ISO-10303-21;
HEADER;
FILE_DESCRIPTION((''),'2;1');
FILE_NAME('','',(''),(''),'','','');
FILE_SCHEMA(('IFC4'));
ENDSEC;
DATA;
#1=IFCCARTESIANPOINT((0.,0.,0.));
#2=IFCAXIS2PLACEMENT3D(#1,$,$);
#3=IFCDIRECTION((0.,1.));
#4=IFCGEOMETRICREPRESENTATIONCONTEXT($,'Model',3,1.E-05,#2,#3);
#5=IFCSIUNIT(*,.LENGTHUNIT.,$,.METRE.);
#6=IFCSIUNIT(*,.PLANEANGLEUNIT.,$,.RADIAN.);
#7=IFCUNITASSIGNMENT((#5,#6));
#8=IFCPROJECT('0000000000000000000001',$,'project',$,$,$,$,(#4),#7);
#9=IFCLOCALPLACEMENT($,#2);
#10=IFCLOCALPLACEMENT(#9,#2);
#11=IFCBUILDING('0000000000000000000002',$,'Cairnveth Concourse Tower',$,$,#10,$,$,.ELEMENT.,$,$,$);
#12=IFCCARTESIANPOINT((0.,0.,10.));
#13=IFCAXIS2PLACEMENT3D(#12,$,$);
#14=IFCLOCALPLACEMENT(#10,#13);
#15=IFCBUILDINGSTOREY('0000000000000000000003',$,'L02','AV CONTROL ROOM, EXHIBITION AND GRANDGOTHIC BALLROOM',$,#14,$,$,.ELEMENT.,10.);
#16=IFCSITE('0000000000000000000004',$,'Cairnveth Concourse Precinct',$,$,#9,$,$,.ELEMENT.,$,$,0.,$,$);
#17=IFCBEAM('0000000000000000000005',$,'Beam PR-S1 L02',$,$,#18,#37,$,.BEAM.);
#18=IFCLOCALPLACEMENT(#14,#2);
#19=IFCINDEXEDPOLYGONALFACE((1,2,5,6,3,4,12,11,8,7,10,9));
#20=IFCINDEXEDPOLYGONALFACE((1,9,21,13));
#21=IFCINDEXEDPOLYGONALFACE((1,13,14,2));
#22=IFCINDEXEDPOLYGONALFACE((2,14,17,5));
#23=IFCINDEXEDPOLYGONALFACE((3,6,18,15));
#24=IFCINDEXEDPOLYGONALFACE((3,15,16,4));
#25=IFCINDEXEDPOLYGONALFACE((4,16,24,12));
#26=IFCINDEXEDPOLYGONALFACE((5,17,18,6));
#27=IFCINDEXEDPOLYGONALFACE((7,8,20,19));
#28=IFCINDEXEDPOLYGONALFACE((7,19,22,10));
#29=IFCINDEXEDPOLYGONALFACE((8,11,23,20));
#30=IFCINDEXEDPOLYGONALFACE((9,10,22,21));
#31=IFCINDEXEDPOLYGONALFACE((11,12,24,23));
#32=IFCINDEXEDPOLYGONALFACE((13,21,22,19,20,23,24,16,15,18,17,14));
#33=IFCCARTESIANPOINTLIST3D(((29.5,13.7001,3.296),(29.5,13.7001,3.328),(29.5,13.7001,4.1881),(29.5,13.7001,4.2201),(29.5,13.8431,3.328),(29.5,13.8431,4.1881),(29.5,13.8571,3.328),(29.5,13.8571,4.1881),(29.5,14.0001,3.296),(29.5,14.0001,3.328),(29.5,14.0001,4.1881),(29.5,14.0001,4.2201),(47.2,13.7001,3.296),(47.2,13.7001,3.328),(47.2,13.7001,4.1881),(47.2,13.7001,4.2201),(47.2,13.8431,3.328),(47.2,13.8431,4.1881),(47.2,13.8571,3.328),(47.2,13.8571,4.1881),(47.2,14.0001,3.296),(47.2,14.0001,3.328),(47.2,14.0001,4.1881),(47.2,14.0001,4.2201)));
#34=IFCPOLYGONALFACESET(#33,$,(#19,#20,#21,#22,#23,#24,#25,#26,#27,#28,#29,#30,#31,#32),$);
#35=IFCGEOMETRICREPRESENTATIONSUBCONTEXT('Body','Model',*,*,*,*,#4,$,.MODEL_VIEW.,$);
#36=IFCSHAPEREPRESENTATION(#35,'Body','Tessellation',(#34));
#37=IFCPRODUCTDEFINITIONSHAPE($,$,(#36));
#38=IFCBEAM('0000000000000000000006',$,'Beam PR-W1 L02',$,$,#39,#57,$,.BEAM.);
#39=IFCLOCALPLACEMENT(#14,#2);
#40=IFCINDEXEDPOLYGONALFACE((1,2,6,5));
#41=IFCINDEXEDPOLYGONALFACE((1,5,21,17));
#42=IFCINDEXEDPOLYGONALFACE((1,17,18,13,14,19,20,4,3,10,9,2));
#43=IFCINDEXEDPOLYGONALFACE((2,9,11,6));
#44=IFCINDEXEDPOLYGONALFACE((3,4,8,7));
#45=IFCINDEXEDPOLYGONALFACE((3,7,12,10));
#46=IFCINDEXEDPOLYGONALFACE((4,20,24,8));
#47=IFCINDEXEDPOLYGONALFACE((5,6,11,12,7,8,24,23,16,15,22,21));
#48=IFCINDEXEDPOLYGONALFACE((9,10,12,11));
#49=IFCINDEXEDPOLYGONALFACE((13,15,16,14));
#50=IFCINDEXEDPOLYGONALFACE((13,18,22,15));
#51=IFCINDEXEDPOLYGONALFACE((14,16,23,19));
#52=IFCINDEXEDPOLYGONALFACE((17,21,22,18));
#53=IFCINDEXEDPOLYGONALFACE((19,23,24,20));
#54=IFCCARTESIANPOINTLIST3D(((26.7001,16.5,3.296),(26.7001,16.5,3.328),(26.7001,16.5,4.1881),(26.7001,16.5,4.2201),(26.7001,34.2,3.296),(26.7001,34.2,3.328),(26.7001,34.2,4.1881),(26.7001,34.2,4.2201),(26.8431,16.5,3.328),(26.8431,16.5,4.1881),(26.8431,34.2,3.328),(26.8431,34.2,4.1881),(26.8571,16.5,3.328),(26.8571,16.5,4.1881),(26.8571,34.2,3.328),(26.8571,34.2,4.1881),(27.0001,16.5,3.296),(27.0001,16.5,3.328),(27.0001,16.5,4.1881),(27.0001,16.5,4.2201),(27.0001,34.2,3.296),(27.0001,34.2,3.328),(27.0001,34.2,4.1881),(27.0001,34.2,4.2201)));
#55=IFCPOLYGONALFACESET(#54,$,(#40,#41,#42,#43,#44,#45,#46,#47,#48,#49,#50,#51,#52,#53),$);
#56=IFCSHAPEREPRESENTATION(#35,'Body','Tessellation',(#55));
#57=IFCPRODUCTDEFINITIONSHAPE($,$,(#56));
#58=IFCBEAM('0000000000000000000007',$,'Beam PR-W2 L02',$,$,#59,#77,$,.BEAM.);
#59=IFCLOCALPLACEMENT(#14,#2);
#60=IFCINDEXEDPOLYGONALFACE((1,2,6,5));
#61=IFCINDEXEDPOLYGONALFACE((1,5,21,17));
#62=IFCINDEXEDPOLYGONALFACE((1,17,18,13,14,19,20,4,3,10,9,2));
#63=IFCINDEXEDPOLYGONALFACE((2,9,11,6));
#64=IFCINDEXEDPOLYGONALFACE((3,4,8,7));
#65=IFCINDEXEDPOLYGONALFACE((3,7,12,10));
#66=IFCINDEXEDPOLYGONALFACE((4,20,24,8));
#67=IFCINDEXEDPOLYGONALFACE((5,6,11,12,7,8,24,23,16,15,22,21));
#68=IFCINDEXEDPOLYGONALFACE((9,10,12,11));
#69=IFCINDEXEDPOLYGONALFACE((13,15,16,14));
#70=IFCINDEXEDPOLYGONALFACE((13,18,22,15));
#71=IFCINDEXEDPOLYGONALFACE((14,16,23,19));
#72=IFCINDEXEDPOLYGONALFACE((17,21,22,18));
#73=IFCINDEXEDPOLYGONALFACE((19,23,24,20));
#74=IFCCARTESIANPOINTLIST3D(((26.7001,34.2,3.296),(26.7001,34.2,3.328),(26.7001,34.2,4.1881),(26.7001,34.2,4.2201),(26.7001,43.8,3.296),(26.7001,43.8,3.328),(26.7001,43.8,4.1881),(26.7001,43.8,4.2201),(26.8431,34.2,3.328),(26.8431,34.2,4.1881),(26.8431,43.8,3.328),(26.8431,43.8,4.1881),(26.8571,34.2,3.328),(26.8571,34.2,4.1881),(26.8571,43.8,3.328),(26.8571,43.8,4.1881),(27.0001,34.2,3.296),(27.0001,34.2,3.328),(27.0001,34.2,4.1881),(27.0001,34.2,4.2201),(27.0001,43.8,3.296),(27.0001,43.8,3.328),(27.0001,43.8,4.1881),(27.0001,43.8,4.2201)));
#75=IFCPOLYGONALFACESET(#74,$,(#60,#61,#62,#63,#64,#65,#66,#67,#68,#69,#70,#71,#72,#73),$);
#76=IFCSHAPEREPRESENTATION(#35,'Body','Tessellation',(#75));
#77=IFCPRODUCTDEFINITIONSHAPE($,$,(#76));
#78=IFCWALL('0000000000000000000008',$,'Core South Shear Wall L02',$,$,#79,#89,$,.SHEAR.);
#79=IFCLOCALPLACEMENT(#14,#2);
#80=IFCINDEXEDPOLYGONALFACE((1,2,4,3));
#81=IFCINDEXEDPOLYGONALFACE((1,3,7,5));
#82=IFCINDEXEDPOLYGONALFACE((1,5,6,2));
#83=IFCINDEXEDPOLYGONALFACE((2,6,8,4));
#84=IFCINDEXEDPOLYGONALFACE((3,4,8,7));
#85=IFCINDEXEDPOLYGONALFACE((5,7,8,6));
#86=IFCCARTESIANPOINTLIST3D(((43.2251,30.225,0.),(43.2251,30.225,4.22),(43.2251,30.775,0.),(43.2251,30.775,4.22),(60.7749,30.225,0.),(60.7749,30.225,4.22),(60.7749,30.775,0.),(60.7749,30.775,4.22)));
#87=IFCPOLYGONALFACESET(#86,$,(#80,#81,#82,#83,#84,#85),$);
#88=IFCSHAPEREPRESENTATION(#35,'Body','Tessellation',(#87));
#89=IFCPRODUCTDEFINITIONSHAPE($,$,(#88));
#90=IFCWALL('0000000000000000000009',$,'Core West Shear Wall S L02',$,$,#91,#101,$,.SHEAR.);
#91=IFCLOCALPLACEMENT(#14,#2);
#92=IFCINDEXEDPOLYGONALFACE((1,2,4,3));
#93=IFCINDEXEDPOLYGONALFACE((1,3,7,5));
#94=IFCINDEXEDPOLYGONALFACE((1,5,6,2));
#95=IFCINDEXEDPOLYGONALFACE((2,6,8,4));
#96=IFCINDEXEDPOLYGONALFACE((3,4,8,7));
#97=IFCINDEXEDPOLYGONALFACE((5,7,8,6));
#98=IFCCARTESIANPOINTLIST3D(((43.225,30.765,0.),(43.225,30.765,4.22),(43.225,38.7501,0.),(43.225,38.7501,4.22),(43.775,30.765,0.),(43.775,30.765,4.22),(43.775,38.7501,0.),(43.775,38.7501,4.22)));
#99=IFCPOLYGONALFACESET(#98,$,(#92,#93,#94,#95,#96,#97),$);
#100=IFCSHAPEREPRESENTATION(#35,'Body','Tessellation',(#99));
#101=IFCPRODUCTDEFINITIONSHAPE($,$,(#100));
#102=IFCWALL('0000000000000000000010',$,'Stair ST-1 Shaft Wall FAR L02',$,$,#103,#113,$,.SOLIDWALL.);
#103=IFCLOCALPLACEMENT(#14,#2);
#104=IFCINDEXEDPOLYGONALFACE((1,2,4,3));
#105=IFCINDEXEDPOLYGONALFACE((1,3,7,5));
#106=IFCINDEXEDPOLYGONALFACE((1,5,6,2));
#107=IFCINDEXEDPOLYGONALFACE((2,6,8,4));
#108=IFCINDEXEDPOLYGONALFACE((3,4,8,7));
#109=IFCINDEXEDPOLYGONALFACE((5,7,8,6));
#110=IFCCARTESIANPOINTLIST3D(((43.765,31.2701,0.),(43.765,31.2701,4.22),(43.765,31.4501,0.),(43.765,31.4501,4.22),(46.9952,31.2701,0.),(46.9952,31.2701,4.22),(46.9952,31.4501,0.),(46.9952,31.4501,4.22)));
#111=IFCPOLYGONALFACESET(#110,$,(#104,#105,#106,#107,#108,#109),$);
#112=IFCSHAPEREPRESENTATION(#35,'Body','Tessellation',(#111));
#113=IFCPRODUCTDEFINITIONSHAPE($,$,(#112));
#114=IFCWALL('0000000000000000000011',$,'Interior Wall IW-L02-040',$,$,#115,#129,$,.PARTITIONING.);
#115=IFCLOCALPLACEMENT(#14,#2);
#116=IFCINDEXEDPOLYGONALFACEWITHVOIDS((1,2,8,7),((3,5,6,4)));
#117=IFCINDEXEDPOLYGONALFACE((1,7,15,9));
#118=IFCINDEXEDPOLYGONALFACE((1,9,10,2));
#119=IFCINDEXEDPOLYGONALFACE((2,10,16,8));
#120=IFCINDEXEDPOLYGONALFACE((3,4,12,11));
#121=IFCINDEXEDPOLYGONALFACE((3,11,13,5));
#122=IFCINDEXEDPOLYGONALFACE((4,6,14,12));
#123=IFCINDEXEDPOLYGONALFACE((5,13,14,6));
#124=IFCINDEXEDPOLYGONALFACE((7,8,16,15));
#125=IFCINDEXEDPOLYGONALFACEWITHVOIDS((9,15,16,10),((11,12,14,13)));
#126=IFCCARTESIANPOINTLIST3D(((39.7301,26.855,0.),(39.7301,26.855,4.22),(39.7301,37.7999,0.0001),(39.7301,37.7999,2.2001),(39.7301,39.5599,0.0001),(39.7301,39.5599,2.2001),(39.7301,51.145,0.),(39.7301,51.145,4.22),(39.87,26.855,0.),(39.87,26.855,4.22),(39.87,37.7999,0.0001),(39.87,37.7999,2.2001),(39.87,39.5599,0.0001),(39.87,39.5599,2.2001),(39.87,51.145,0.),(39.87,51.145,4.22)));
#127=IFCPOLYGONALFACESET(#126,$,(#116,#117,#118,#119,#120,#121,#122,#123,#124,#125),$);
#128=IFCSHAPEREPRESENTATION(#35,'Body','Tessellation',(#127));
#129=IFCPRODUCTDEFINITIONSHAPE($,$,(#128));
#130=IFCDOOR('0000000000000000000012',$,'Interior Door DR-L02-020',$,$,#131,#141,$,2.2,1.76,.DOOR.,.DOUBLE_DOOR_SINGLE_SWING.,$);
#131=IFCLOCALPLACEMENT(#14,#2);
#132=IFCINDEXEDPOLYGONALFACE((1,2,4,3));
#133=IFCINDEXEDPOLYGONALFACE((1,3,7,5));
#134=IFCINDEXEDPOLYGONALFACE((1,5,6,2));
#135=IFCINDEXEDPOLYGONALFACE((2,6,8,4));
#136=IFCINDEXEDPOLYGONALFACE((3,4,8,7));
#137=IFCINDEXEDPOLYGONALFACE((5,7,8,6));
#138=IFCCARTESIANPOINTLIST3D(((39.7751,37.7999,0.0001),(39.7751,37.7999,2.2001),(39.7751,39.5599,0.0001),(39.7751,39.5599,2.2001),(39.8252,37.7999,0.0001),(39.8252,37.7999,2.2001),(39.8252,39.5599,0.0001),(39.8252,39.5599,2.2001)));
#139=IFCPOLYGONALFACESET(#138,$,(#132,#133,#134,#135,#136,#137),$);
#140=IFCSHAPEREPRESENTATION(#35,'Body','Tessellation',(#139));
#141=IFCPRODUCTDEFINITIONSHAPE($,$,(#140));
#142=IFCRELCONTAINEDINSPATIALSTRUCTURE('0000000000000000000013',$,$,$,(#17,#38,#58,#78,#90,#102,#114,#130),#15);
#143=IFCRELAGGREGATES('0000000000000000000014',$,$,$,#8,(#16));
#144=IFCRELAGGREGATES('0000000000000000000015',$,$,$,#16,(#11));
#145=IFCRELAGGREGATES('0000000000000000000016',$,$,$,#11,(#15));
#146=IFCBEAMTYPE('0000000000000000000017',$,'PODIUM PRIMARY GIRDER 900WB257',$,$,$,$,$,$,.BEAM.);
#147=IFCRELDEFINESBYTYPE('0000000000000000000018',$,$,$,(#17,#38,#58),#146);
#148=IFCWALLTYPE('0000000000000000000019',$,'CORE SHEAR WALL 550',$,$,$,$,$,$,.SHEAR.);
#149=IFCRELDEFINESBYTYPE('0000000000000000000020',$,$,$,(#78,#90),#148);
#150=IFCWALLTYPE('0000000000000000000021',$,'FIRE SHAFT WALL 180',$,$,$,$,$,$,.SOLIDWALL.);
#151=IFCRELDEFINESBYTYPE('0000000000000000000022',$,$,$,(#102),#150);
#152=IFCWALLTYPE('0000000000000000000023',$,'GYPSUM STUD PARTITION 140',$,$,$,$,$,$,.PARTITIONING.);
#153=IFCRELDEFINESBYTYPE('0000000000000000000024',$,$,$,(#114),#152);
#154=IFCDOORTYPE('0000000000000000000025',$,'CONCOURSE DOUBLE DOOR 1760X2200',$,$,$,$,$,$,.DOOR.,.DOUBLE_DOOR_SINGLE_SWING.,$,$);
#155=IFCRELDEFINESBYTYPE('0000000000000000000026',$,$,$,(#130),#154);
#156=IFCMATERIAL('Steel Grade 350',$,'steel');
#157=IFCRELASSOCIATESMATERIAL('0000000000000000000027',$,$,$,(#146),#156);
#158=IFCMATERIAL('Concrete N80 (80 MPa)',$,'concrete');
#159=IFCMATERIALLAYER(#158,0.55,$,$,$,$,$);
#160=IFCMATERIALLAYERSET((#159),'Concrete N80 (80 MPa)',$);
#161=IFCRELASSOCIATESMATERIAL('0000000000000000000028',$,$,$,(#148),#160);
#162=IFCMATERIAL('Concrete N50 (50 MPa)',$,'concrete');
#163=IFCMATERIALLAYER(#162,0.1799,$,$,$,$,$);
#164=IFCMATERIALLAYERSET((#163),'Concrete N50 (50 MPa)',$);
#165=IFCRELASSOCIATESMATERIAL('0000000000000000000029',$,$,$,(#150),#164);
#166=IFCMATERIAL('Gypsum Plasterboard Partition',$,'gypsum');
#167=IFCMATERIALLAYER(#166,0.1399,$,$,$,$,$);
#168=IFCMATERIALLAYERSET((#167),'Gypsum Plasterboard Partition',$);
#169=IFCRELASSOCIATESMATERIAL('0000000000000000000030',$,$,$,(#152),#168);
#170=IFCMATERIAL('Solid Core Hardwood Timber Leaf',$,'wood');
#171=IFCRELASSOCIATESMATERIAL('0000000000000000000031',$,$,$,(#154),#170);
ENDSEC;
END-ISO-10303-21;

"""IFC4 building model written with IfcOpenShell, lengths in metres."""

from ifc_helpers import new_model, si_unit, direction, frame, frame_2d, origin, origin_2d, place, context, subcontext, project, spatial, rectangle, i_section, extrude, material, layer, layer_set, material_profile, profile_set, type_object, element, fill, save


model = new_model("IFC4")

# Units and contexts
model_context = context("Model", 3, precision=1e-05, world=origin(), true_north=direction((0.0, 1.0)))
body_context = subcontext(model_context, "Body", "Model", "MODEL_VIEW")
ifc_project = project(units=[si_unit("LENGTHUNIT", "METRE"), si_unit("PLANEANGLEUNIT", "RADIAN")], contexts=[model_context])

# Site, building, storey
site_placement = place(None, origin())
site = spatial("IfcSite", under=ifc_project, at=site_placement, Name="Cairnveth Concourse Precinct", CompositionType="ELEMENT", RefElevation=0.0)
building_placement = place(site_placement, origin())
building = spatial("IfcBuilding", under=site, at=building_placement, Name="Cairnveth Concourse Tower", CompositionType="ELEMENT")
storey_placement = place(building_placement, frame((0.0, 0.0, 10.0)))
storey = spatial("IfcBuildingStorey", under=building, at=storey_placement, Name="L02", Description="AV CONTROL ROOM, EXHIBITION AND GRANDGOTHIC BALLROOM", CompositionType="ELEMENT", Elevation=10.0)

# Shared definitions
ifc_material_1 = material(Name="Concrete N80 (80 MPa)", Category="concrete")

# Beams
ifc_material_2 = material(Name="Steel Grade 350", Category="steel")
ifc_material_profile_1 = material_profile(ifc_material_2, i_section(OverallWidth=0.3, OverallDepth=0.9241, WebThickness=0.0139, FlangeThickness=0.032, at=origin_2d()), Name="900WB257")
ifc_profile_set_1 = profile_set([ifc_material_profile_1], Name="Steel Grade 350")
beam_type_1 = type_object("IfcBeamType", Name="PODIUM PRIMARY GIRDER 900WB257", PredefinedType="BEAM", material=ifc_profile_set_1)
for number, where, z_axis, x_axis, name in (
    (1, (29.5, 13.8501, 3.7581), (1.0, 0.0, 0.0), (0.0, 1.0, 0.0), "Beam PR-S1 L02"),
    (2, (26.8501, 16.5, 3.7581), (0.0, 1.0, 0.0), (-1.0, 0.0, 0.0), "Beam PR-W1 L02"),
):
    element("IfcBeam", number, at=place(storey_placement, frame(where, z_axis=z_axis, x_axis=x_axis)), inside=storey, type_object=beam_type_1, Name=name, PredefinedType="BEAM", context=body_context, shape_type="SweptSolid", body=[
        extrude(i_section(OverallWidth=0.3, OverallDepth=0.9241, WebThickness=0.0139, FlangeThickness=0.032, at=origin_2d()), origin(), (0.0, 0.0, 1.0), 17.7),
    ])
beam_1_placement = place(storey_placement, frame((26.8501, 34.2, 3.7581), z_axis=(0.0, 1.0, 0.0), x_axis=(-1.0, 0.0, 0.0)))
element("IfcBeam", 3, at=beam_1_placement, inside=storey, type_object=beam_type_1, Name="Beam PR-W2 L02", PredefinedType="BEAM", context=body_context, shape_type="SweptSolid", body=[
    extrude(i_section(OverallWidth=0.3, OverallDepth=0.9241, WebThickness=0.0139, FlangeThickness=0.032, at=origin_2d()), origin(), (0.0, 0.0, 1.0), 9.6001),
])

# Walls
ifc_layer_1 = layer(ifc_material_1, 0.55)
ifc_layer_set_1 = layer_set([ifc_layer_1], Name="Concrete N80 (80 MPa)")
wall_type_1 = type_object("IfcWallType", Name="CORE SHEAR WALL 550", PredefinedType="SHEAR", material=ifc_layer_set_1)
wall_1_placement = place(storey_placement, frame((43.2251, 30.5, 0.0), z_axis=(0.0, 0.0, 1.0), x_axis=(1.0, 0.0, 0.0)))
element("IfcWall", 4, at=wall_1_placement, inside=storey, type_object=wall_type_1, Name="Core South Shear Wall L02", PredefinedType="SHEAR", context=body_context, shape_type="SweptSolid", body=[
    extrude(rectangle(XDim=17.5498, YDim=0.55, at=frame_2d((8.7749, 0.0))), origin(), (0.0, 0.0, 1.0), 4.22),
])
wall_2_placement = place(storey_placement, frame((43.5, 30.7649, 0.0), z_axis=(0.0, 0.0, 1.0), x_axis=(0.0, 1.0, 0.0)))
element("IfcWall", 5, at=wall_2_placement, inside=storey, type_object=wall_type_1, Name="Core West Shear Wall S L02", PredefinedType="SHEAR", context=body_context, shape_type="SweptSolid", body=[
    extrude(rectangle(XDim=7.9851, YDim=0.55, at=frame_2d((3.9927, 0.0))), origin(), (0.0, 0.0, 1.0), 4.22),
])

# Shared definitions
ifc_material_3 = material(Name="Concrete N50 (50 MPa)", Category="concrete")
ifc_layer_2 = layer(ifc_material_3, 0.1799)
ifc_layer_set_2 = layer_set([ifc_layer_2], Name="Concrete N50 (50 MPa)")
wall_type_2 = type_object("IfcWallType", Name="FIRE SHAFT WALL 180", PredefinedType="SOLIDWALL", material=ifc_layer_set_2)

# Wall
wall_3_placement = place(storey_placement, frame((43.7649, 31.3601, 0.0), z_axis=(0.0, 0.0, 1.0), x_axis=(1.0, 0.0, 0.0)))
element("IfcWall", 6, at=wall_3_placement, inside=storey, type_object=wall_type_2, Name="Stair ST-1 Shaft Wall FAR L02", PredefinedType="SOLIDWALL", context=body_context, shape_type="SweptSolid", body=[
    extrude(rectangle(XDim=3.2302, YDim=0.1799, at=frame_2d((1.6152, 0.0))), origin(), (0.0, 0.0, 1.0), 4.22),
])

# Wall, opening, door
ifc_material_4 = material(Name="Gypsum Plasterboard Partition", Category="gypsum")
ifc_layer_3 = layer(ifc_material_4, 0.1399)
ifc_layer_set_3 = layer_set([ifc_layer_3], Name="Gypsum Plasterboard Partition")
wall_type_3 = type_object("IfcWallType", Name="GYPSUM STUD PARTITION 140", PredefinedType="PARTITIONING", material=ifc_layer_set_3)
wall_4_placement = place(storey_placement, frame((39.8, 26.855, 0.0), z_axis=(0.0, 0.0, 1.0), x_axis=(0.0, 1.0, 0.0)))
wall_4 = element("IfcWall", 7, at=wall_4_placement, inside=storey, type_object=wall_type_3, Name="Interior Wall IW-L02-040", PredefinedType="PARTITIONING", context=body_context, shape_type="SweptSolid", body=[
    extrude(rectangle(XDim=24.29, YDim=0.1399, at=frame_2d((12.145, 0.0))), origin(), (0.0, 0.0, 1.0), 4.22),
])
opening_1_placement = place(wall_4_placement, frame((10.9451, 0.0, 0.0)))
opening_1 = element("IfcOpeningElement", 8, at=opening_1_placement, cuts=wall_4, PredefinedType="OPENING", context=body_context, shape_type="SweptSolid", body=[
    extrude(rectangle(XDim=1.76, YDim=2.2, at=frame_2d((0.8799, 1.1001))), frame((0.0, 0.0798, 0.0), z_axis=(0.0, -1.0, 0.0), x_axis=(1.0, 0.0, 0.0)), (0.0, 0.0, 1.0), 0.1599),
])
ifc_material_5 = material(Name="Solid Core Hardwood Timber Leaf", Category="wood")
door_type_1 = type_object("IfcDoorType", Name="CONCOURSE DOUBLE DOOR 1760X2200", OperationType="DOUBLE_DOOR_SINGLE_SWING", PredefinedType="DOOR", material=ifc_material_5)
door_1_placement = place(opening_1_placement, origin())
door_1 = element("IfcDoor", 9, at=door_1_placement, inside=storey, type_object=door_type_1, Name="Interior Door DR-L02-020", OperationType="DOUBLE_DOOR_SINGLE_SWING", OverallHeight=2.2, OverallWidth=1.76, PredefinedType="DOOR", context=body_context, shape_type="SweptSolid", body=[
    extrude(rectangle(XDim=1.76, YDim=2.2, at=frame_2d((0.8799, 1.1001))), frame((0.0, 0.0249, 0.0), z_axis=(0.0, -1.0, 0.0), x_axis=(1.0, 0.0, 0.0)), (0.0, 0.0, 1.0), 0.05),
])
fill(opening_1, door_1)

save(model, "model.ifc")
